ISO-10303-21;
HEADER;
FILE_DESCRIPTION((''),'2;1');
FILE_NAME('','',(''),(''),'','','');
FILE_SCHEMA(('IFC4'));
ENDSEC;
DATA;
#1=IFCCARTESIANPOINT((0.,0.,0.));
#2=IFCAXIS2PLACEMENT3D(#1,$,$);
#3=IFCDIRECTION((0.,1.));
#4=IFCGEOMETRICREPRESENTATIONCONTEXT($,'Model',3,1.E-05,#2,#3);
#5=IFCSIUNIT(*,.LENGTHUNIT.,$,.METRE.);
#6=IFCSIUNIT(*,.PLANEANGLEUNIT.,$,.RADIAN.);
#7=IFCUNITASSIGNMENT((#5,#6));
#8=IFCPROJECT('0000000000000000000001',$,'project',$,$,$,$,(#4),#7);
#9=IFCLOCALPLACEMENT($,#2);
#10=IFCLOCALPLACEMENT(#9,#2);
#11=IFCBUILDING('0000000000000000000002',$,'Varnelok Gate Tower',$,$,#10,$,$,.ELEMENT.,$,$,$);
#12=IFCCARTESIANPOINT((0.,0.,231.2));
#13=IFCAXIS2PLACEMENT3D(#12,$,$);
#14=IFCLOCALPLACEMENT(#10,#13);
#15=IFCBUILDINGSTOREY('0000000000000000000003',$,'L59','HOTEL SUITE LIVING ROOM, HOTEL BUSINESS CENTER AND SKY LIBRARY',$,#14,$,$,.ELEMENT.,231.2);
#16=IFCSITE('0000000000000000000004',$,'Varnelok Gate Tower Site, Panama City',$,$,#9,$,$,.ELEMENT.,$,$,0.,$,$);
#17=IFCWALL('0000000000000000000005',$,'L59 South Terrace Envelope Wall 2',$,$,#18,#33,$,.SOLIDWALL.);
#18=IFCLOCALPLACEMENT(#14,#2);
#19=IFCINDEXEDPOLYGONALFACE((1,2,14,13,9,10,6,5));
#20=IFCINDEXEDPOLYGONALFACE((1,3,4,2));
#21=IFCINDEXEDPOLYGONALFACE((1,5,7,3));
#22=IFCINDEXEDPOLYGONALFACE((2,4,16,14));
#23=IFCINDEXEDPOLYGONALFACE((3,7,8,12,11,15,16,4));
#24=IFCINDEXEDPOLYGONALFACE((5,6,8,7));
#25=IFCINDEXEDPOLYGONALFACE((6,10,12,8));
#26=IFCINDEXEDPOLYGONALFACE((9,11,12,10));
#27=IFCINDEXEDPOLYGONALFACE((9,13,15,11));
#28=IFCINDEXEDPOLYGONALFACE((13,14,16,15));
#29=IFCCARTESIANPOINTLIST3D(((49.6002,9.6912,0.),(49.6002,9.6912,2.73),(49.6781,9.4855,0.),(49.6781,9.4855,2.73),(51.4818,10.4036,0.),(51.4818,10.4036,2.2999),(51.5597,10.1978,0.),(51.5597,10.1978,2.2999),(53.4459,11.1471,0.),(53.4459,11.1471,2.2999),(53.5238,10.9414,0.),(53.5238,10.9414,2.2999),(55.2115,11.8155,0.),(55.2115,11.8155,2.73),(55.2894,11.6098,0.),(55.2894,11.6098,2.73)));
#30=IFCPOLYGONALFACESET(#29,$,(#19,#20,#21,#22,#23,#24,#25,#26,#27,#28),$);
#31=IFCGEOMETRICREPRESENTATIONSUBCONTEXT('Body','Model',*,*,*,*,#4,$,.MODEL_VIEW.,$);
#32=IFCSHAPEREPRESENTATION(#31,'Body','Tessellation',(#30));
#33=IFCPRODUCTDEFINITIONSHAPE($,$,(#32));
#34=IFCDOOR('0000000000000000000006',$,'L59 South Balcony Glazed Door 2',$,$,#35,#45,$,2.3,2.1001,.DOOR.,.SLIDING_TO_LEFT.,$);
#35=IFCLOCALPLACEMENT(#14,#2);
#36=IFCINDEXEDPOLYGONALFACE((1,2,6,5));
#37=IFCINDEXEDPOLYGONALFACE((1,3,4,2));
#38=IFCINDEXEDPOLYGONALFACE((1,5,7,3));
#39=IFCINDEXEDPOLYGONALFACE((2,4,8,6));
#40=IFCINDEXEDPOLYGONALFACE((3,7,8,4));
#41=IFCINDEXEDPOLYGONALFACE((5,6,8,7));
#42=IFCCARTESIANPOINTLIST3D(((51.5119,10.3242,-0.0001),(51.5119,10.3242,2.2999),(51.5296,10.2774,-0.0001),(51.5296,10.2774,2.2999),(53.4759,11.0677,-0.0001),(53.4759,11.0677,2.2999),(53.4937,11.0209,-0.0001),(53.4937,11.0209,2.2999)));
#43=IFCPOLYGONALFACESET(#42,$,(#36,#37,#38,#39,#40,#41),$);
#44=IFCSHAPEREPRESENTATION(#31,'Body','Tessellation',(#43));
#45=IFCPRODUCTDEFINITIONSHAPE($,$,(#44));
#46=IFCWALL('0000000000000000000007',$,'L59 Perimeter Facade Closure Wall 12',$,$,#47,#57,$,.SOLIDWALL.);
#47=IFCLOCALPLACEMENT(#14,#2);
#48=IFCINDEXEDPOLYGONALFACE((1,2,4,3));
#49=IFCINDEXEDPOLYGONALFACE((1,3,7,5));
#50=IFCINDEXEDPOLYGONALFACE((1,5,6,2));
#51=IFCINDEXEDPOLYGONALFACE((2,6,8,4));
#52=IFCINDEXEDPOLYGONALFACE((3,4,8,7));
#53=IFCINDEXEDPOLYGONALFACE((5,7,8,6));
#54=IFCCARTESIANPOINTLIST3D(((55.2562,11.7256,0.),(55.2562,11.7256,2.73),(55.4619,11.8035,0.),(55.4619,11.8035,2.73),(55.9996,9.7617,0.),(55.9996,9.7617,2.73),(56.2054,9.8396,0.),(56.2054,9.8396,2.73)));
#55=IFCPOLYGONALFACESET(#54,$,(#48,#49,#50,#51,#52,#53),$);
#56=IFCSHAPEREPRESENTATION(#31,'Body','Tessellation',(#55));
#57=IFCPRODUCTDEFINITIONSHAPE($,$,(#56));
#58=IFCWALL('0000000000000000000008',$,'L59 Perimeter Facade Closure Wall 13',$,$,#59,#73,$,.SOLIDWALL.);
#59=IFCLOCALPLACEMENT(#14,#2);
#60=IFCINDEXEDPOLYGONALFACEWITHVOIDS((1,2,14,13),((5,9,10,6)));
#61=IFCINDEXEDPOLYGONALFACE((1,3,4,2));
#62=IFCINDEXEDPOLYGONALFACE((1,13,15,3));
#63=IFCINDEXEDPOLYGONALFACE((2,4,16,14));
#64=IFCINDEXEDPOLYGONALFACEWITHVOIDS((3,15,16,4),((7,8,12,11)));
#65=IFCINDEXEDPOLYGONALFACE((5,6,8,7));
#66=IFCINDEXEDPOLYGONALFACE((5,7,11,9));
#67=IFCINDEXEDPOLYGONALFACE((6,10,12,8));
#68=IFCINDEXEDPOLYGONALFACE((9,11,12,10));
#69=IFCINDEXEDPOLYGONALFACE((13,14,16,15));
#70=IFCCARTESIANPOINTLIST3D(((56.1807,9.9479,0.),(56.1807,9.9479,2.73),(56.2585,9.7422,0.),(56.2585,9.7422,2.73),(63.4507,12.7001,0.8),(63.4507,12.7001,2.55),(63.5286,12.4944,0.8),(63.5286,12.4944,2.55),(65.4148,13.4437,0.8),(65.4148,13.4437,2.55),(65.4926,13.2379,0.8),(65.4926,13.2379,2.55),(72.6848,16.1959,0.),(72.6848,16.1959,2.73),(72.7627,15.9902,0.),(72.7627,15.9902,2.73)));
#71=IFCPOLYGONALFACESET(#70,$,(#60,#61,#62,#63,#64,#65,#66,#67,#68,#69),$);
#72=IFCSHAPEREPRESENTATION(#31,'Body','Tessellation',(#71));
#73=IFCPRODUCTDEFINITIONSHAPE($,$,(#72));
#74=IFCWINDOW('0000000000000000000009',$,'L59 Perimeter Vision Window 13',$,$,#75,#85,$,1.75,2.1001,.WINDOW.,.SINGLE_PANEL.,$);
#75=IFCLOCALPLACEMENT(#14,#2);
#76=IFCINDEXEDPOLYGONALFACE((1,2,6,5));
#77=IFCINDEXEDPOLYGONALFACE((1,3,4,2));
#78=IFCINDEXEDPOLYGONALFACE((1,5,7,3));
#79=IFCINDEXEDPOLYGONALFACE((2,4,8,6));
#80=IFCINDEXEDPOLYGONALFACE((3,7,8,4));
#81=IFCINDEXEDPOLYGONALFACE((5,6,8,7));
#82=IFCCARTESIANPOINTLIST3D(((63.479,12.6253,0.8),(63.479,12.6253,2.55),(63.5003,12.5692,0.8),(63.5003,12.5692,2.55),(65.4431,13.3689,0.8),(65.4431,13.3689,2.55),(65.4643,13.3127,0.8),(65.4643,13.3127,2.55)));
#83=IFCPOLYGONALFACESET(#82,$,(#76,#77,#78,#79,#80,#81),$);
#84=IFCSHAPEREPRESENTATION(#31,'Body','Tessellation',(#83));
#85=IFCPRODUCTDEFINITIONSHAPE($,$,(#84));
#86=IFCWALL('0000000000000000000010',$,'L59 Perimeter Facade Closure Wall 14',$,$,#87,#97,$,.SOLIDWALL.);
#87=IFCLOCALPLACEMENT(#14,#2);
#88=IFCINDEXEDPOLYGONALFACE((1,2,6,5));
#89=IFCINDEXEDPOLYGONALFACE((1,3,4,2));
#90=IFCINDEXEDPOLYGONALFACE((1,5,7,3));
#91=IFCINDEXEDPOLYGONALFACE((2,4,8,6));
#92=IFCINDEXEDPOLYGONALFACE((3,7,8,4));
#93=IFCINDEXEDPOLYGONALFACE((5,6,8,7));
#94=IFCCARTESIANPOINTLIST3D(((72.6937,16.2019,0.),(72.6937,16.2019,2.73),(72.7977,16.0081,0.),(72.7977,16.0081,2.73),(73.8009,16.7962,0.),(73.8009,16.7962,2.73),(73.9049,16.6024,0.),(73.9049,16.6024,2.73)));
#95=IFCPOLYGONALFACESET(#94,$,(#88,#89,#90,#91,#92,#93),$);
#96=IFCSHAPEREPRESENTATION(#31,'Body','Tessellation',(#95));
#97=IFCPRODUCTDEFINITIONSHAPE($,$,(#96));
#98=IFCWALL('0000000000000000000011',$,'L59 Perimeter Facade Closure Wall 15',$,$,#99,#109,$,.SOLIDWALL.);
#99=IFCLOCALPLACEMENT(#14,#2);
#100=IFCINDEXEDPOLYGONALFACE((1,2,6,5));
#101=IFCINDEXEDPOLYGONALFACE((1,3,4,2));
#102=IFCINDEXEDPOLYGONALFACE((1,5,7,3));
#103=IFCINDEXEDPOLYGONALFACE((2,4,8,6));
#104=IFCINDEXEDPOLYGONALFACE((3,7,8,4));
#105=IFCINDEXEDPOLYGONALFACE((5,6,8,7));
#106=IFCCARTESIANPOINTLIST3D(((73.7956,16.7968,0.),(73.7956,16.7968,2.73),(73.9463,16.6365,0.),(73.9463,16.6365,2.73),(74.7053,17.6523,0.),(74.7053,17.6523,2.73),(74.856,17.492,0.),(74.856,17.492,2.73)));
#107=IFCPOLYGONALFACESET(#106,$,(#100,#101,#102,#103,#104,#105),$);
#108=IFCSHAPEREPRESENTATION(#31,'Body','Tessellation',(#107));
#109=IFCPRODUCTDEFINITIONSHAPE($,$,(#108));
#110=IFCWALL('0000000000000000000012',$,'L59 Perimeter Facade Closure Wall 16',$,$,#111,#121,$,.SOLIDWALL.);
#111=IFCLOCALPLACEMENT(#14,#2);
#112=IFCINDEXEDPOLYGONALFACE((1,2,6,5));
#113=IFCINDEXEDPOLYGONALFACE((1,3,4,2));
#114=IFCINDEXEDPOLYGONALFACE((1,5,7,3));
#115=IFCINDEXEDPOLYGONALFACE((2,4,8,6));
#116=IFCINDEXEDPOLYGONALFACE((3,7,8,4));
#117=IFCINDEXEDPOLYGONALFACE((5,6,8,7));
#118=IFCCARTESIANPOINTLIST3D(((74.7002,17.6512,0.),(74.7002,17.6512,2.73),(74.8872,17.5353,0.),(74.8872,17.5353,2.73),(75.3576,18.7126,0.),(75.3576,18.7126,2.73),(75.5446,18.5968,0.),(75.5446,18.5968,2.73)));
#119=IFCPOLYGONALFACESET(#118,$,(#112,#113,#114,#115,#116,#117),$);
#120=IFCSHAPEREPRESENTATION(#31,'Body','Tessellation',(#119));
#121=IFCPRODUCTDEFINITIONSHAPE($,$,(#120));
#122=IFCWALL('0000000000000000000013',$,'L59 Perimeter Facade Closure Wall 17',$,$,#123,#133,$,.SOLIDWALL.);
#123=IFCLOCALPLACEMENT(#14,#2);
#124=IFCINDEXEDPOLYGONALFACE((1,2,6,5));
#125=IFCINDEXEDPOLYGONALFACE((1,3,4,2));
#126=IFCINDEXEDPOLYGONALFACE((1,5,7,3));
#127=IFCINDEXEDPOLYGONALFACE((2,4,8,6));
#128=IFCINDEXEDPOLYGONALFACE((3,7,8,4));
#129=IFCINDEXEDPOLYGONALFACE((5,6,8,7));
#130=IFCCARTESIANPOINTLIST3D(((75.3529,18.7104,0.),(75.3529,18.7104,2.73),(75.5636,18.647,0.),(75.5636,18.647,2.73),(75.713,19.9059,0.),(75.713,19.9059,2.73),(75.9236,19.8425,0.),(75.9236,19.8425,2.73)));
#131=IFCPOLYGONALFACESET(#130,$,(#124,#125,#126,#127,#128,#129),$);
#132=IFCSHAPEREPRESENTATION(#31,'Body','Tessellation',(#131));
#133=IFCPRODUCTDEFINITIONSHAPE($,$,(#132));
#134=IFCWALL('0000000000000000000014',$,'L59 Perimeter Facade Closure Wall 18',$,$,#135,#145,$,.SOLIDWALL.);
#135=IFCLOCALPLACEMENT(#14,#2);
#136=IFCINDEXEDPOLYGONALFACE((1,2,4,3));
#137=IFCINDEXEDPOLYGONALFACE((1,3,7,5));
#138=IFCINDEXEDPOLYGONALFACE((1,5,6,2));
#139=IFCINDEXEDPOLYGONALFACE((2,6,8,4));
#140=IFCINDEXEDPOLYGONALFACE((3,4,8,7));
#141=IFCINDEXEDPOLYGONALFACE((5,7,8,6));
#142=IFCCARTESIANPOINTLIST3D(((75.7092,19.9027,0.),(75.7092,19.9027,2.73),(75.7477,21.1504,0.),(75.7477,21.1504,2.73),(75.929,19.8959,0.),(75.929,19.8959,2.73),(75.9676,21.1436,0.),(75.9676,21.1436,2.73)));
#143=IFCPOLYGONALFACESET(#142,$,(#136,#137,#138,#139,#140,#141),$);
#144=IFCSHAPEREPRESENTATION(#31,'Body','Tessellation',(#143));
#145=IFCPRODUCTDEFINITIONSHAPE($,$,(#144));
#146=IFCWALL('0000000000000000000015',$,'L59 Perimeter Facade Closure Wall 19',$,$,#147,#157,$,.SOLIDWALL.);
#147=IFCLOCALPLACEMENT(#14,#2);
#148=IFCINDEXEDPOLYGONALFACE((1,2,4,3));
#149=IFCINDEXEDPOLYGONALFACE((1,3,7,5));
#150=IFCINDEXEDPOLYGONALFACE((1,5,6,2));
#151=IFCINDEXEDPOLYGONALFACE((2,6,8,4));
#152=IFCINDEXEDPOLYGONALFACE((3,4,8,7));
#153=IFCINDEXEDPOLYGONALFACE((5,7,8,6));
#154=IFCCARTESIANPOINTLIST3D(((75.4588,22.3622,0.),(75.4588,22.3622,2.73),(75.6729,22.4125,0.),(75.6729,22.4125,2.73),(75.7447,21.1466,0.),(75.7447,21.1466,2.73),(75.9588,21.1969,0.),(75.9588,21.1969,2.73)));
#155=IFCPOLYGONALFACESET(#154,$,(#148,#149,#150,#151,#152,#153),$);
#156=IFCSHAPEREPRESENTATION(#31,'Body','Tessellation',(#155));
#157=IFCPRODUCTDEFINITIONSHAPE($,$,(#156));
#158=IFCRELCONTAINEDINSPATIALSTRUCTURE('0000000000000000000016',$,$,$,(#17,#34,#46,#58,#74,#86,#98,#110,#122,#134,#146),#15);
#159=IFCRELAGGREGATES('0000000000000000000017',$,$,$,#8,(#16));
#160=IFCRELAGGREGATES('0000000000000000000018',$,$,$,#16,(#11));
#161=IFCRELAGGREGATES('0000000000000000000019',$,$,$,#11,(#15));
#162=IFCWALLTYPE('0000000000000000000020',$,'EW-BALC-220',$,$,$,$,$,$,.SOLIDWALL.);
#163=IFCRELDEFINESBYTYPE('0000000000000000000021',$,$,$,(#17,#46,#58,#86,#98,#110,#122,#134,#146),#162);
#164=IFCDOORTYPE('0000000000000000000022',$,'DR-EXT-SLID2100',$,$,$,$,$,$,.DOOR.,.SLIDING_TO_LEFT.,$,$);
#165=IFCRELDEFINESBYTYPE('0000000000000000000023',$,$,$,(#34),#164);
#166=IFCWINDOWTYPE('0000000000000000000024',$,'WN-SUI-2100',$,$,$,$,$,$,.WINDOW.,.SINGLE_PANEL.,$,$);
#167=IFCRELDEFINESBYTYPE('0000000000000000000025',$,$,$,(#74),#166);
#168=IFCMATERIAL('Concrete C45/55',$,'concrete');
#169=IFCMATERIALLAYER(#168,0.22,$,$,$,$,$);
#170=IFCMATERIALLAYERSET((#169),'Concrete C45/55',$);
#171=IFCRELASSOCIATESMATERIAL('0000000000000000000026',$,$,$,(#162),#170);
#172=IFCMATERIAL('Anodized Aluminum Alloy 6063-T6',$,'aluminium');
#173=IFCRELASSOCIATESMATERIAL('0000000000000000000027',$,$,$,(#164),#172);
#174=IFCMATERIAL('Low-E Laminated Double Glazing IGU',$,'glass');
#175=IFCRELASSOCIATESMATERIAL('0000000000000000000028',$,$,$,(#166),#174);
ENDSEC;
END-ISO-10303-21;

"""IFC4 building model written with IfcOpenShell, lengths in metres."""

from ifc_helpers import new_model, si_unit, direction, frame, frame_2d, origin, place, context, subcontext, project, spatial, rectangle, extrude, material, layer, layer_set, type_object, element, fill, save


model = new_model("IFC4")

# Units and contexts
model_context = context("Model", 3, precision=1e-05, world=origin(), true_north=direction((0.0, 1.0)))
body_context = subcontext(model_context, "Body", "Model", "MODEL_VIEW")
ifc_project = project(units=[si_unit("LENGTHUNIT", "METRE"), si_unit("PLANEANGLEUNIT", "RADIAN")], contexts=[model_context])

# Site, building, storey
site_placement = place(None, origin())
site = spatial("IfcSite", under=ifc_project, at=site_placement, Name="Varnelok Gate Tower Site, Panama City", CompositionType="ELEMENT", RefElevation=0.0)
building_placement = place(site_placement, origin())
building = spatial("IfcBuilding", under=site, at=building_placement, Name="Varnelok Gate Tower", CompositionType="ELEMENT")
storey_placement = place(building_placement, frame((0.0, 0.0, 231.2)))
storey = spatial("IfcBuildingStorey", under=building, at=storey_placement, Name="L59", Description="HOTEL SUITE LIVING ROOM, HOTEL BUSINESS CENTER AND SKY LIBRARY", CompositionType="ELEMENT", Elevation=231.2)

# Shared definitions
ifc_material_1 = material(Name="Anodized Aluminum Alloy 6063-T6", Category="aluminium")
ifc_material_2 = material(Name="Low-E Laminated Double Glazing IGU", Category="glass")

# Wall, opening, door
ifc_material_3 = material(Name="Concrete C45/55", Category="concrete")
ifc_layer_1 = layer(ifc_material_3, 0.22)
ifc_layer_set_1 = layer_set([ifc_layer_1], Name="Concrete C45/55")
wall_type = type_object("IfcWallType", Name="EW-BALC-220", PredefinedType="SOLIDWALL", material=ifc_layer_set_1)
wall_1_placement = place(storey_placement, frame((55.2505, 11.7126, 0.0), z_axis=(0.0, 0.0, 1.0), x_axis=(-0.935228, -0.354047, 0.0)))
wall_1 = element("IfcWall", 1, at=wall_1_placement, inside=storey, type_object=wall_type, Name="L59 South Terrace Envelope Wall 2", PredefinedType="SOLIDWALL", context=body_context, shape_type="SweptSolid", body=[
    extrude(rectangle(XDim=6.0, YDim=0.22, at=frame_2d((3.0, 0.0))), origin(), (0.0, 0.0, 1.0), 2.73),
])
opening_1_placement = place(wall_1_placement, frame((1.8879, 0.0, 0.0)))
opening_1 = element("IfcOpeningElement", 2, at=opening_1_placement, cuts=wall_1, PredefinedType="OPENING", context=body_context, shape_type="SweptSolid", body=[
    extrude(rectangle(XDim=2.1001, YDim=2.3, at=frame_2d((1.05, 1.1499))), frame((0.0, 0.1199, 0.0), z_axis=(0.0, -1.0, 0.0), x_axis=(1.0, 0.0, 0.0)), (0.0, 0.0, 1.0), 0.24),
])
door_type = type_object("IfcDoorType", Name="DR-EXT-SLID2100", OperationType="SLIDING_TO_LEFT", PredefinedType="DOOR", material=ifc_material_1)
door_placement = place(opening_1_placement, origin())
door = element("IfcDoor", 3, at=door_placement, inside=storey, type_object=door_type, Name="L59 South Balcony Glazed Door 2", OperationType="SLIDING_TO_LEFT", OverallHeight=2.3, OverallWidth=2.1001, PredefinedType="DOOR", context=body_context, shape_type="SweptSolid", body=[
    extrude(rectangle(XDim=2.1001, YDim=2.3, at=frame_2d((1.05, 1.1499))), frame((0.0, 0.0249, 0.0), z_axis=(0.0, -1.0, 0.0), x_axis=(1.0, 0.0, 0.0)), (0.0, 0.0, 1.0), 0.05),
])
fill(opening_1, door)

# Wall
wall_2_placement = place(storey_placement, frame((55.3591, 11.7644, 0.0), z_axis=(0.0, 0.0, 1.0), x_axis=(0.354027, -0.935235, 0.0)))
element("IfcWall", 4, at=wall_2_placement, inside=storey, type_object=wall_type, Name="L59 Perimeter Facade Closure Wall 12", PredefinedType="SOLIDWALL", context=body_context, shape_type="SweptSolid", body=[
    extrude(rectangle(XDim=2.0999, YDim=0.22, at=frame_2d((1.0498, 0.0))), origin(), (0.0, 0.0, 1.0), 2.73),
])

# Wall, opening, window
wall_3_placement = place(storey_placement, frame((56.2195, 9.845, 0.0), z_axis=(0.0, 0.0, 1.0), x_axis=(0.935226, 0.354052, 0.0)))
wall_3 = element("IfcWall", 5, at=wall_3_placement, inside=storey, type_object=wall_type, Name="L59 Perimeter Facade Closure Wall 13", PredefinedType="SOLIDWALL", context=body_context, shape_type="SweptSolid", body=[
    extrude(rectangle(XDim=17.6472, YDim=0.22, at=frame_2d((8.8237, 0.0))), origin(), (0.0, 0.0, 1.0), 2.73),
])
opening_2_placement = place(wall_3_placement, frame((7.7737, 0.0, 0.8)))
opening_2 = element("IfcOpeningElement", 6, at=opening_2_placement, cuts=wall_3, PredefinedType="OPENING", context=body_context, shape_type="SweptSolid", body=[
    extrude(rectangle(XDim=2.1001, YDim=1.75, at=frame_2d((1.05, 0.875))), frame((0.0, 0.1199, 0.0), z_axis=(0.0, -1.0, 0.0), x_axis=(1.0, 0.0, 0.0)), (0.0, 0.0, 1.0), 0.24),
])
window_type = type_object("IfcWindowType", Name="WN-SUI-2100", PartitioningType="SINGLE_PANEL", PredefinedType="WINDOW", material=ifc_material_2)
window_placement = place(opening_2_placement, origin())
window = element("IfcWindow", 7, at=window_placement, inside=storey, type_object=window_type, Name="L59 Perimeter Vision Window 13", OverallHeight=1.75, OverallWidth=2.1001, PartitioningType="SINGLE_PANEL", PredefinedType="WINDOW", context=body_context, shape_type="SweptSolid", body=[
    extrude(rectangle(XDim=2.1001, YDim=1.75, at=frame_2d((1.05, 0.875))), frame((0.0, 0.03, 0.0), z_axis=(0.0, -1.0, 0.0), x_axis=(1.0, 0.0, 0.0)), (0.0, 0.0, 1.0), 0.0601),
])
fill(opening_2, window)

# Walls
wall_4_placement = place(storey_placement, frame((72.7456, 16.105, 0.0), z_axis=(0.0, 0.0, 1.0), x_axis=(0.881113, 0.472906, 0.0)))
element("IfcWall", 8, at=wall_4_placement, inside=storey, type_object=wall_type, Name="L59 Perimeter Facade Closure Wall 14", PredefinedType="SOLIDWALL", context=body_context, shape_type="SweptSolid", body=[
    extrude(rectangle(XDim=1.2566, YDim=0.22, at=frame_2d((0.6284, 0.0))), origin(), (0.0, 0.0, 1.0), 2.73),
])
wall_5_placement = place(storey_placement, frame((73.8708, 16.7166, 0.0), z_axis=(0.0, 0.0, 1.0), x_axis=(0.728475, 0.685072, 0.0)))
element("IfcWall", 9, at=wall_5_placement, inside=storey, type_object=wall_type, Name="L59 Perimeter Facade Closure Wall 15", PredefinedType="SOLIDWALL", context=body_context, shape_type="SweptSolid", body=[
    extrude(rectangle(XDim=1.2488, YDim=0.22, at=frame_2d((0.6245, 0.0))), origin(), (0.0, 0.0, 1.0), 2.73),
])
for number, where, z_axis, x_axis, name in (
    (10, (74.7937, 17.5933, 0.0), (0.0, 0.0, 1.0), (0.52655, 0.850144, 0.0), "L59 Perimeter Facade Closure Wall 16"),
    (11, (75.4583, 18.6787, 0.0), (0.0, 0.0, 1.0), (0.288406, 0.957508, 0.0), "L59 Perimeter Facade Closure Wall 17"),
):
    element("IfcWall", number, at=place(storey_placement, frame(where, z_axis=z_axis, x_axis=x_axis)), inside=storey, type_object=wall_type, Name=name, PredefinedType="SOLIDWALL", context=body_context, shape_type="SweptSolid", body=[
        extrude(rectangle(XDim=1.2485, YDim=0.22, at=frame_2d((0.6243, 0.0))), origin(), (0.0, 0.0, 1.0), 2.73),
    ])
wall_6_placement = place(storey_placement, frame((75.8191, 19.8994, 0.0), z_axis=(0.0, 0.0, 1.0), x_axis=(0.030899, 0.999523, 0.0)))
element("IfcWall", 12, at=wall_6_placement, inside=storey, type_object=wall_type, Name="L59 Perimeter Facade Closure Wall 18", PredefinedType="SOLIDWALL", context=body_context, shape_type="SweptSolid", body=[
    extrude(rectangle(XDim=1.2483, YDim=0.22, at=frame_2d((0.624, 0.0))), origin(), (0.0, 0.0, 1.0), 2.73),
])
wall_7_placement = place(storey_placement, frame((75.8518, 21.1716, 0.0), z_axis=(0.0, 0.0, 1.0), x_axis=(-0.228941, 0.97344, 0.0)))
element("IfcWall", 13, at=wall_7_placement, inside=storey, type_object=wall_type, Name="L59 Perimeter Facade Closure Wall 19", PredefinedType="SOLIDWALL", context=body_context, shape_type="SweptSolid", body=[
    extrude(rectangle(XDim=1.2488, YDim=0.22, at=frame_2d((0.6245, 0.0))), origin(), (0.0, 0.0, 1.0), 2.73),
])

save(model, "model.ifc")
